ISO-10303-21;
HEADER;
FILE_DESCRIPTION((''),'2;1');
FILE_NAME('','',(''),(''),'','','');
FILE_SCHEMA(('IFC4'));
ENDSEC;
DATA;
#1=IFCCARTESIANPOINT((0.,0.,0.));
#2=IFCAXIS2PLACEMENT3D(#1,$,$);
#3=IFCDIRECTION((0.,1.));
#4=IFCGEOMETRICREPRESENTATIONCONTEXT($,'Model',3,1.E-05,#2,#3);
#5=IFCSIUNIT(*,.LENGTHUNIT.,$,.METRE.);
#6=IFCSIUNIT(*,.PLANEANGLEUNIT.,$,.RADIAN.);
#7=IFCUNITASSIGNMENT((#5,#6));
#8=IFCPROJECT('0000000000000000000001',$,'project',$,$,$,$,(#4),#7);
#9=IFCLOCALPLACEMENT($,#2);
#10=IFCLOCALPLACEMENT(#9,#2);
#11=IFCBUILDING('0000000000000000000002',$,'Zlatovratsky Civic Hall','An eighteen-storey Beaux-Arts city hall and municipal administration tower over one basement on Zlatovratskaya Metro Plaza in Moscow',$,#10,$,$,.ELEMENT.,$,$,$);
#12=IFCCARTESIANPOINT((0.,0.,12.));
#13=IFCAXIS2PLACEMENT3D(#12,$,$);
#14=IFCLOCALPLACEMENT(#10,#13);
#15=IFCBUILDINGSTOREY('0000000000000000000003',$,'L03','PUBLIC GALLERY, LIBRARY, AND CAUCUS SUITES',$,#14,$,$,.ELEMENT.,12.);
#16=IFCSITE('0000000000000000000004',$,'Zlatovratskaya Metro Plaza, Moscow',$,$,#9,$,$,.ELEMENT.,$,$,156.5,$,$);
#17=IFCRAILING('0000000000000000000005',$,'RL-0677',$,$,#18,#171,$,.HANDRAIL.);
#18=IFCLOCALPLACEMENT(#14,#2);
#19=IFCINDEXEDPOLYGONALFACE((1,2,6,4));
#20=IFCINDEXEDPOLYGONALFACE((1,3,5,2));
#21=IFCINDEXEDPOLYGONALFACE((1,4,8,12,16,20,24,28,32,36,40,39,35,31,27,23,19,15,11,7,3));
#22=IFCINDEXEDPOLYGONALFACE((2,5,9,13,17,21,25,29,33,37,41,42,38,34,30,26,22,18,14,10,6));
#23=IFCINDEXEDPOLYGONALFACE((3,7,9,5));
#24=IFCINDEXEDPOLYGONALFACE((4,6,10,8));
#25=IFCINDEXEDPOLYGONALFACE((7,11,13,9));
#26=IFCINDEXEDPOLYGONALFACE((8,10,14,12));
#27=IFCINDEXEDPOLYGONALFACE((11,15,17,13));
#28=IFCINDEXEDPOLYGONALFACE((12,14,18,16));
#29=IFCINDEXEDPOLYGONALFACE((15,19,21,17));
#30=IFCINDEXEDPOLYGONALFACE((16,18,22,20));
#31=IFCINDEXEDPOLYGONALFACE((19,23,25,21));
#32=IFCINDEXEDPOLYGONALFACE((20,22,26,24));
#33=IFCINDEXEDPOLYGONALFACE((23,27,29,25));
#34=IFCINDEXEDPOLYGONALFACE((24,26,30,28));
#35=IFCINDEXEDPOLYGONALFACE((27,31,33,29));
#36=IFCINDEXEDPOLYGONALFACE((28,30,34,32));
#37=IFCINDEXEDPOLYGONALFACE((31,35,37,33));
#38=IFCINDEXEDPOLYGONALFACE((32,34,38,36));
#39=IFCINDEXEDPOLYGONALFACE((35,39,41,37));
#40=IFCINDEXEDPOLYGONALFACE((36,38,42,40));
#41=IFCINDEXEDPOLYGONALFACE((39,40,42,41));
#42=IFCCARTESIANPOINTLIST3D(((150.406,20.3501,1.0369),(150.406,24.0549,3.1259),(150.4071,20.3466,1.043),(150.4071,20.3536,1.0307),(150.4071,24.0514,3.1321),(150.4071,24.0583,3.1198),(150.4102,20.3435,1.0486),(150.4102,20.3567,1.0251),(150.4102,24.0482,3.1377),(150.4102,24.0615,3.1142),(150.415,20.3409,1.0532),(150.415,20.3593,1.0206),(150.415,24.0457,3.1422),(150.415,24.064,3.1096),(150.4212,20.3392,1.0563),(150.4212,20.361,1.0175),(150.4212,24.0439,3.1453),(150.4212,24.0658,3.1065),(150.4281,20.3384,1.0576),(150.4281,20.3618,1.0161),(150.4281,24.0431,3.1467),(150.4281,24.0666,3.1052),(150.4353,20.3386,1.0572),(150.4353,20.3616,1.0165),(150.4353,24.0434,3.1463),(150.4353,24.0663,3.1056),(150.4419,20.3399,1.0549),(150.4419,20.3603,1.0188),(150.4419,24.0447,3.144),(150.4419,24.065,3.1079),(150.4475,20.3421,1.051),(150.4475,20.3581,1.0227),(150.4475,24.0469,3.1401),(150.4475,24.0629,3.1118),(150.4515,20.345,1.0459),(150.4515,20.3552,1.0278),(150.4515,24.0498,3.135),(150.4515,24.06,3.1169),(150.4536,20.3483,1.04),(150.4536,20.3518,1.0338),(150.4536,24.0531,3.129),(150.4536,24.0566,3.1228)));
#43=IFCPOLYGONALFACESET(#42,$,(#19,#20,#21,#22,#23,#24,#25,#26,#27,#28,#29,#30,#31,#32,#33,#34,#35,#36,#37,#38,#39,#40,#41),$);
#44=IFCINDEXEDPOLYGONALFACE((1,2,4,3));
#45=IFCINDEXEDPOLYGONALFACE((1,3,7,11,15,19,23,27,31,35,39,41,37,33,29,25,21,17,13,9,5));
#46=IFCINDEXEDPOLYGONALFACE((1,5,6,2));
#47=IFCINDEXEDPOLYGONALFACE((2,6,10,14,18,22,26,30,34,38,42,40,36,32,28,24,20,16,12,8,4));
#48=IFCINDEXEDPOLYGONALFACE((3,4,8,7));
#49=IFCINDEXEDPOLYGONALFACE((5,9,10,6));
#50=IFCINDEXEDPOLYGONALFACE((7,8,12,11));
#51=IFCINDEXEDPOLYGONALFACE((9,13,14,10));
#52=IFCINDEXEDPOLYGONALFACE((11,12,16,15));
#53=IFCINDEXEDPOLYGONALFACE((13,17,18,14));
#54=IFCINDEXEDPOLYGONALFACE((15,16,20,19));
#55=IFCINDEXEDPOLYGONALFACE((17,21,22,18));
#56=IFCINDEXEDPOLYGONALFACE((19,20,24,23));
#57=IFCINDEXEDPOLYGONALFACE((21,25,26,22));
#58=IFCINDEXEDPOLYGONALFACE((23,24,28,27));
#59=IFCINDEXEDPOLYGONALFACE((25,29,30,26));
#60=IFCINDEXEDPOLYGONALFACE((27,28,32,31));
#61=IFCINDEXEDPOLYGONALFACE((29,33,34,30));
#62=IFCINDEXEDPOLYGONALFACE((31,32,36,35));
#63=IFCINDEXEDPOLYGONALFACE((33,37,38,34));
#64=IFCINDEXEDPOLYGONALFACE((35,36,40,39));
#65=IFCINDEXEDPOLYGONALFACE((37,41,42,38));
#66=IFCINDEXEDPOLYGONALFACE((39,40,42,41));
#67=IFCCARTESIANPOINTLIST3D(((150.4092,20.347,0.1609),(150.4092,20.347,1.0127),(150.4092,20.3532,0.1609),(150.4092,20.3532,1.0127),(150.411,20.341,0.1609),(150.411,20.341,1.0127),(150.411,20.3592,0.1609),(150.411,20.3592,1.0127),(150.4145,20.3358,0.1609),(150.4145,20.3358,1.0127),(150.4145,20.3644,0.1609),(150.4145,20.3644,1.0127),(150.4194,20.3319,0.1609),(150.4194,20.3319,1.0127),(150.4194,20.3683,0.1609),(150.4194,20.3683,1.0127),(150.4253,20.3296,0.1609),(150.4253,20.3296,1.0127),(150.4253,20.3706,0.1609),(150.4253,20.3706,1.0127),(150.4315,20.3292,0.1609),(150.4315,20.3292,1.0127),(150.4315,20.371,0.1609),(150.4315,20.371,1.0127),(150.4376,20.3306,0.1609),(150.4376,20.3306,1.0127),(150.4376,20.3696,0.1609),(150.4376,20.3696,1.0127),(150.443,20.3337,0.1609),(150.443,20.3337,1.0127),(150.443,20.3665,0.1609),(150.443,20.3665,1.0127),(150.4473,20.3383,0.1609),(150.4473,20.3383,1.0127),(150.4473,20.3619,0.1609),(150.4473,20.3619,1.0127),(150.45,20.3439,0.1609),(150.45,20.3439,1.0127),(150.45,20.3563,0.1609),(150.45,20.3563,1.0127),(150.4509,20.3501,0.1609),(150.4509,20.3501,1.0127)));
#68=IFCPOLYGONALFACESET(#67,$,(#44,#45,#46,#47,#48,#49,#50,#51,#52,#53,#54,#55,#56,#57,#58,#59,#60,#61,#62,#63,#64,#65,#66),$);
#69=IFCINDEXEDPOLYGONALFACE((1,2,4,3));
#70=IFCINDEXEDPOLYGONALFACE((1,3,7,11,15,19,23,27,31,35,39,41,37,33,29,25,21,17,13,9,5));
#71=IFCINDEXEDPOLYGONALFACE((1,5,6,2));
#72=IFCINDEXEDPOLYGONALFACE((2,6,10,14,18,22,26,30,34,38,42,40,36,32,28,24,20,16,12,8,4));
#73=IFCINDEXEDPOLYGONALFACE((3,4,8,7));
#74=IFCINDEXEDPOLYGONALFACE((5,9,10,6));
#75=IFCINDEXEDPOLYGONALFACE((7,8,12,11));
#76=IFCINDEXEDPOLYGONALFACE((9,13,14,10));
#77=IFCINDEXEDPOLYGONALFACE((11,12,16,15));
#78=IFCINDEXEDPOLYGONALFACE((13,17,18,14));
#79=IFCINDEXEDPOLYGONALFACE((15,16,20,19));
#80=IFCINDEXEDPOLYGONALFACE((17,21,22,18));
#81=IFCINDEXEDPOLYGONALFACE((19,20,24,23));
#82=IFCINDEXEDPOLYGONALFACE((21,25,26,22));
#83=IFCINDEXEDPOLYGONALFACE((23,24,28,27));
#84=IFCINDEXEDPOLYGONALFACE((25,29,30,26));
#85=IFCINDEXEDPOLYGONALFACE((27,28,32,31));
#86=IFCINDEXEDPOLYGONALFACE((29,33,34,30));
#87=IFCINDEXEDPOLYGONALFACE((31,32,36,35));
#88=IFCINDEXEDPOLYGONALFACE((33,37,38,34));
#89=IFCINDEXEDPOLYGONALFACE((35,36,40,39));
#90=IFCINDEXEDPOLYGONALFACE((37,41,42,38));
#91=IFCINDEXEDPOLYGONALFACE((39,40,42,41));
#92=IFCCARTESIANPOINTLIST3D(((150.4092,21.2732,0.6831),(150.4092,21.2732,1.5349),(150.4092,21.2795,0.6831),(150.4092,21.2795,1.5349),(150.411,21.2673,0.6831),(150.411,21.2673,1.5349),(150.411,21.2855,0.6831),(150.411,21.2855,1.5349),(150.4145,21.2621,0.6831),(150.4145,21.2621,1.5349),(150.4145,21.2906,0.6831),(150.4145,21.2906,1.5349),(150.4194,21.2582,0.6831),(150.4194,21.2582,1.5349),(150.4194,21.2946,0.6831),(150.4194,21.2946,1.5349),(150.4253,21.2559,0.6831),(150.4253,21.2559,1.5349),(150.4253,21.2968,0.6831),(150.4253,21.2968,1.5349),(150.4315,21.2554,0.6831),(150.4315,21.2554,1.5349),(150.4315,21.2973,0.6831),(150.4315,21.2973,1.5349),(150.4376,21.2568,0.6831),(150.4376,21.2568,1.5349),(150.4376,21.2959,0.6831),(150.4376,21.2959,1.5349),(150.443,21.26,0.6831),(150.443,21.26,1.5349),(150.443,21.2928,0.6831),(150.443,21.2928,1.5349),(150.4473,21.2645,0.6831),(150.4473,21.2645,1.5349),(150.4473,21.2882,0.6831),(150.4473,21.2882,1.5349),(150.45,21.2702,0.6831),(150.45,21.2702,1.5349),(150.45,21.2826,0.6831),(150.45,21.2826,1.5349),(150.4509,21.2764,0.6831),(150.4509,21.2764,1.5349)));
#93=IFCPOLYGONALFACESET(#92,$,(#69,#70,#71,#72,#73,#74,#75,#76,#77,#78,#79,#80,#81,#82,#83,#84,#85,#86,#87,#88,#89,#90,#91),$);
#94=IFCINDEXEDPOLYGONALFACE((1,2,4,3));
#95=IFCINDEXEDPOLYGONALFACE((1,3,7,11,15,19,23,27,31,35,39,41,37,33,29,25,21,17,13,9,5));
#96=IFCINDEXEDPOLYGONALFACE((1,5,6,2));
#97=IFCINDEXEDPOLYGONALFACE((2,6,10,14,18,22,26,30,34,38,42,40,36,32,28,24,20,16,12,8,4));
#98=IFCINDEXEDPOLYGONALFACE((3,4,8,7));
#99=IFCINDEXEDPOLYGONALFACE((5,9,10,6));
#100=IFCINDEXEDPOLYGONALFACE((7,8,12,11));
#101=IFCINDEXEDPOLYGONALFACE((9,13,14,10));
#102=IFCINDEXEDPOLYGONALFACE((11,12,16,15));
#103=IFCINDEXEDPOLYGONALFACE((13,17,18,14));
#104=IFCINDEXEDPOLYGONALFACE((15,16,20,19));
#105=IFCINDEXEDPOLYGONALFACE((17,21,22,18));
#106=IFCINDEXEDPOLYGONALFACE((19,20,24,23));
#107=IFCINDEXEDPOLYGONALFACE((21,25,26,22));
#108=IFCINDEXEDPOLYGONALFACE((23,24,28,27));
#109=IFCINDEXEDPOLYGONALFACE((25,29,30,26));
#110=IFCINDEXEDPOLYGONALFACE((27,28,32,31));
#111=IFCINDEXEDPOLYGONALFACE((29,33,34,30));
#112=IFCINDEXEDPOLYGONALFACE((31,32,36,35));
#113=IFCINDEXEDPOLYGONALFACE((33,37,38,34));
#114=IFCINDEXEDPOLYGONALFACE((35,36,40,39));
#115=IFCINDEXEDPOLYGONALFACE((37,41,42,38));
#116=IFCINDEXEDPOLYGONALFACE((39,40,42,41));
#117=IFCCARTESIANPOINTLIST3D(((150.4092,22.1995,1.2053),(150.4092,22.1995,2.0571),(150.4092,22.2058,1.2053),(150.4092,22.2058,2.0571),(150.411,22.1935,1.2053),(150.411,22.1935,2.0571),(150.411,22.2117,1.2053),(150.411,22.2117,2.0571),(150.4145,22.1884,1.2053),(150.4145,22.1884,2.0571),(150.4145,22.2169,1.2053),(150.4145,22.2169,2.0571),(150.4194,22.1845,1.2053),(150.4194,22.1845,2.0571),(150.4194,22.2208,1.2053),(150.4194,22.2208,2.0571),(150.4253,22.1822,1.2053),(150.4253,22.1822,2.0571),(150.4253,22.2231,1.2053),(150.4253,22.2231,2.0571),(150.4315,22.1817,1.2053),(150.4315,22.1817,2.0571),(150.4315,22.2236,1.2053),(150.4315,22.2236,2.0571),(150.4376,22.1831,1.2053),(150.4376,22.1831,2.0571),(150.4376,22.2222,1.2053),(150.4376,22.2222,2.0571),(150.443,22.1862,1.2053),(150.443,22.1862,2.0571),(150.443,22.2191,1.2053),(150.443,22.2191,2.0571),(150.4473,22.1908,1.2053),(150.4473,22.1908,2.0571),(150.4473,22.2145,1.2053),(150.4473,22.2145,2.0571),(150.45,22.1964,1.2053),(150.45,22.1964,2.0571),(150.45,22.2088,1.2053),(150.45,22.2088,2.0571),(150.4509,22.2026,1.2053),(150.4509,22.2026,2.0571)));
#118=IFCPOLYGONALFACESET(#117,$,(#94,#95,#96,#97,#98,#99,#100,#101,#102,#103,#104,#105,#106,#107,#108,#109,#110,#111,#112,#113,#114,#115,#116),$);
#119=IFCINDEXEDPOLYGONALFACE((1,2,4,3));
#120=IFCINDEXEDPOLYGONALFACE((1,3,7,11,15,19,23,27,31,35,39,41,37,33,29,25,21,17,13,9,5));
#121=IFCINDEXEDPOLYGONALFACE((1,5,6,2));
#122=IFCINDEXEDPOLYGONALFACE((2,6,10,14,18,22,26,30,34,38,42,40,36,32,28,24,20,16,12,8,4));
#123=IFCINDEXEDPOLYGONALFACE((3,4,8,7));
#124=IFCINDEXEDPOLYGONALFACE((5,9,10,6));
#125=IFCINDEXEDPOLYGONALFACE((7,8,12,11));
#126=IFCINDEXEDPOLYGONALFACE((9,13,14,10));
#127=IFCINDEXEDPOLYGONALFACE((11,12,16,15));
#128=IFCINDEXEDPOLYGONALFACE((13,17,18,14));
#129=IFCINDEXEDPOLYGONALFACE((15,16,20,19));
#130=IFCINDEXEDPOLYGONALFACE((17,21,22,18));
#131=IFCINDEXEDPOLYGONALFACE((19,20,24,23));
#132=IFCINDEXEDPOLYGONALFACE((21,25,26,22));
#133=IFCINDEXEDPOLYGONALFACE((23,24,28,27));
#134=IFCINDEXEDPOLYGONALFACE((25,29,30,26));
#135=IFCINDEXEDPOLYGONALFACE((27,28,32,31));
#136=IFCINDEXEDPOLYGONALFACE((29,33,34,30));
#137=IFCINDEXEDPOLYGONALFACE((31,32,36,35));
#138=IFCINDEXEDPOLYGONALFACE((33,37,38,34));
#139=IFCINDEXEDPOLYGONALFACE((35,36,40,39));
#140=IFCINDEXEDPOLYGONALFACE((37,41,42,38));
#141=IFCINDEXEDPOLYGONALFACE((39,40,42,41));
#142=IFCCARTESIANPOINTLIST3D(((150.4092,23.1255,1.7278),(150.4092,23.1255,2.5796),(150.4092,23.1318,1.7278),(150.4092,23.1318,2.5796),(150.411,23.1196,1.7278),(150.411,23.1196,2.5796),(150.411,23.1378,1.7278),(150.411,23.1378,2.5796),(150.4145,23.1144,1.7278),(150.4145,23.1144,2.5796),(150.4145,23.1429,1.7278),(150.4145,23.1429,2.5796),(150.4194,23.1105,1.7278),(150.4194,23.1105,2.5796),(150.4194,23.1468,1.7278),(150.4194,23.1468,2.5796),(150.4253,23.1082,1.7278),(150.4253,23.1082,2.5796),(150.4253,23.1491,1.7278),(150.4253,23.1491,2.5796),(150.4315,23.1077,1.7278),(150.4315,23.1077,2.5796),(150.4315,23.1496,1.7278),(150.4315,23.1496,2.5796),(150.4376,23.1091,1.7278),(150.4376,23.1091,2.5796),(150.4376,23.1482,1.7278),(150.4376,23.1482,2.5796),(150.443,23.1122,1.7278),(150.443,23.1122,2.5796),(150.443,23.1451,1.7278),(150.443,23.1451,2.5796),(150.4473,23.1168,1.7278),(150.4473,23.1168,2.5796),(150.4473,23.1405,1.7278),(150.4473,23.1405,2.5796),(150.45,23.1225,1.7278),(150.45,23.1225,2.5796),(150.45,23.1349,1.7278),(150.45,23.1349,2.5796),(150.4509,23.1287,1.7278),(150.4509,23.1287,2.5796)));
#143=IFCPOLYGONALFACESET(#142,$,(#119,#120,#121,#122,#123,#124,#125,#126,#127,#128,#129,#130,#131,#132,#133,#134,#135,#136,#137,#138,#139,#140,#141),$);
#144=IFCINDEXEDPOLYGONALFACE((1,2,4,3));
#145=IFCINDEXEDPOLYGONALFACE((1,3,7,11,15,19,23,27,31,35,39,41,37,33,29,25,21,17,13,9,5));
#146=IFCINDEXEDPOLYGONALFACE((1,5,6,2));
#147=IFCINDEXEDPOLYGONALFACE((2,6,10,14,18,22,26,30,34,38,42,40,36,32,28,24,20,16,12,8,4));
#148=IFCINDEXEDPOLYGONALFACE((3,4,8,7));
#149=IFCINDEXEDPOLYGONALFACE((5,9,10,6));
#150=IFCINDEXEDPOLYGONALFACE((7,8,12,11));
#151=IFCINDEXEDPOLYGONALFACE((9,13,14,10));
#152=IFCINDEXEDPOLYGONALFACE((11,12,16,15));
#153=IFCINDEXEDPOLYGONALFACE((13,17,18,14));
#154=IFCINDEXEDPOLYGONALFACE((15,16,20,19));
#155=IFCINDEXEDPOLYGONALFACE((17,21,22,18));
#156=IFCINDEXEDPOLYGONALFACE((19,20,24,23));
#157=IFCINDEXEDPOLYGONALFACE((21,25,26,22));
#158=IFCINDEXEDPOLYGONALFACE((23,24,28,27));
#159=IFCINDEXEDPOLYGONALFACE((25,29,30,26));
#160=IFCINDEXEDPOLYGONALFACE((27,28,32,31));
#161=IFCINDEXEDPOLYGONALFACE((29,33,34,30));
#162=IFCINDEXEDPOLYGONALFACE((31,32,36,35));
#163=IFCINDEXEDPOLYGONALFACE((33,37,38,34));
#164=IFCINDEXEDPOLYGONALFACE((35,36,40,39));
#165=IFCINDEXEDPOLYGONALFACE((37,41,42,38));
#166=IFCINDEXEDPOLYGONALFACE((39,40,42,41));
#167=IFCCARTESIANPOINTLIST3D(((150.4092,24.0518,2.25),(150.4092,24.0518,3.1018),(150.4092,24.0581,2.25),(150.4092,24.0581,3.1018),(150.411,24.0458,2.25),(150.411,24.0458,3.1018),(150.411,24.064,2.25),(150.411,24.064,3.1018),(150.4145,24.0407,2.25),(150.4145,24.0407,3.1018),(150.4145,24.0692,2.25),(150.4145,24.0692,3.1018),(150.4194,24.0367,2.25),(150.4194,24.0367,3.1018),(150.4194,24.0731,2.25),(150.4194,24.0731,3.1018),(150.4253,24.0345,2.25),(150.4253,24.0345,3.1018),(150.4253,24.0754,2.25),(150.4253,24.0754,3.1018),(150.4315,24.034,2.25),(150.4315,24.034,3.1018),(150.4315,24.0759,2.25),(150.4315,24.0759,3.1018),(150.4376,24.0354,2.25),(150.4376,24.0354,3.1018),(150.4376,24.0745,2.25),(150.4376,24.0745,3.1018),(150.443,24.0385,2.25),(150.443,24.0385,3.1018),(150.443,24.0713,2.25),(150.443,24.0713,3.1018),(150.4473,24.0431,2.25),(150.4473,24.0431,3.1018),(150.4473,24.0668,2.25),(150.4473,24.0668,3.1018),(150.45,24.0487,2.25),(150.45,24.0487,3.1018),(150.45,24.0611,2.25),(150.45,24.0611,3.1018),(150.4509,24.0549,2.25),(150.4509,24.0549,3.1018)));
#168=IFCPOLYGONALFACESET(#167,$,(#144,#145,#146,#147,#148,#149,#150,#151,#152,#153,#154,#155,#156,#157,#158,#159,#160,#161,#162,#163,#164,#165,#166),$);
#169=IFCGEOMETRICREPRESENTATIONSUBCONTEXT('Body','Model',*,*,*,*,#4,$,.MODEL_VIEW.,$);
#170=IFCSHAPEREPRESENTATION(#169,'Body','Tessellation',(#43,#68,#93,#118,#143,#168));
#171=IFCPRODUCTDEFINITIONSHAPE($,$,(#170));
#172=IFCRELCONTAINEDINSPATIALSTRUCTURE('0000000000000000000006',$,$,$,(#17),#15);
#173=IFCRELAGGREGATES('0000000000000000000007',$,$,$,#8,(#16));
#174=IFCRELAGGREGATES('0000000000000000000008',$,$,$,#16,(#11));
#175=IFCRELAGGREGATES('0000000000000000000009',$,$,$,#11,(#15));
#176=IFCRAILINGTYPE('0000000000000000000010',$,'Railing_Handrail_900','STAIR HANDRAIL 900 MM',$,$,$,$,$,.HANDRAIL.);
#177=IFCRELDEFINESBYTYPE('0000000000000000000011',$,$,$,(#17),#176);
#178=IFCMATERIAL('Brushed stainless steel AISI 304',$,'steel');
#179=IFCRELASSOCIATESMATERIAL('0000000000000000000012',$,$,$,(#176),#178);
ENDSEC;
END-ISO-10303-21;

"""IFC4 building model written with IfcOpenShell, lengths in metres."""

from ifc_helpers import new_model, si_unit, direction, frame, origin, origin_2d, place, context, subcontext, project, spatial, circle, extrude, material, type_object, element, save


model = new_model("IFC4")

# Units and contexts
model_context = context("Model", 3, precision=1e-05, world=origin(), true_north=direction((0.0, 1.0)))
body_context = subcontext(model_context, "Body", "Model", "MODEL_VIEW")
ifc_project = project(units=[si_unit("LENGTHUNIT", "METRE"), si_unit("PLANEANGLEUNIT", "RADIAN")], contexts=[model_context])

# Site, building, storey
site_placement = place(None, origin())
site = spatial("IfcSite", under=ifc_project, at=site_placement, Name="Zlatovratskaya Metro Plaza, Moscow", CompositionType="ELEMENT", RefElevation=156.5)
building_placement = place(site_placement, origin())
building = spatial("IfcBuilding", under=site, at=building_placement, Name="Zlatovratsky Civic Hall", Description="An eighteen-storey Beaux-Arts city hall and municipal administration tower over one basement on Zlatovratskaya Metro Plaza in Moscow", CompositionType="ELEMENT")
storey_placement = place(building_placement, frame((0.0, 0.0, 12.0)))
storey = spatial("IfcBuildingStorey", under=building, at=storey_placement, Name="L03", Description="PUBLIC GALLERY, LIBRARY, AND CAUCUS SUITES", CompositionType="ELEMENT", Elevation=12.0)

# Railing
ifc_material_1 = material(Name="Brushed stainless steel AISI 304", Category="steel")
railing_type_1 = type_object("IfcRailingType", Name="Railing_Handrail_900", Description="STAIR HANDRAIL 900 MM", PredefinedType="HANDRAIL", material=ifc_material_1)
railing_1_placement = place(storey_placement, frame((150.4299, 20.3501, 0.1609)))
element("IfcRailing", 1, at=railing_1_placement, inside=storey, type_object=railing_type_1, Name="RL-0677", PredefinedType="HANDRAIL", context=body_context, shape_type="SweptSolid", body=[
    extrude(circle(Radius=0.0239, at=origin_2d()), frame((0.0, 0.0, 0.876), z_axis=(0.0, 0.871058, 0.491179), x_axis=(-1.0, 0.0, 0.0)), (0.0, 0.0, 1.0), 4.2532),
    extrude(circle(Radius=0.021, at=origin_2d()), origin(), (0.0, 0.0, 1.0), 0.8518),
    extrude(circle(Radius=0.021, at=origin_2d()), frame((0.0, 0.9263, 0.5222)), (0.0, 0.0, 1.0), 0.8518),
    extrude(circle(Radius=0.021, at=origin_2d()), frame((0.0, 1.8525, 1.0444)), (0.0, 0.0, 1.0), 0.8518),
    extrude(circle(Radius=0.021, at=origin_2d()), frame((0.0, 2.7786, 1.5669)), (0.0, 0.0, 1.0), 0.8518),
    extrude(circle(Radius=0.021, at=origin_2d()), frame((0.0, 3.7048, 2.0891)), (0.0, 0.0, 1.0), 0.8518),
])

save(model, "model.ifc")
